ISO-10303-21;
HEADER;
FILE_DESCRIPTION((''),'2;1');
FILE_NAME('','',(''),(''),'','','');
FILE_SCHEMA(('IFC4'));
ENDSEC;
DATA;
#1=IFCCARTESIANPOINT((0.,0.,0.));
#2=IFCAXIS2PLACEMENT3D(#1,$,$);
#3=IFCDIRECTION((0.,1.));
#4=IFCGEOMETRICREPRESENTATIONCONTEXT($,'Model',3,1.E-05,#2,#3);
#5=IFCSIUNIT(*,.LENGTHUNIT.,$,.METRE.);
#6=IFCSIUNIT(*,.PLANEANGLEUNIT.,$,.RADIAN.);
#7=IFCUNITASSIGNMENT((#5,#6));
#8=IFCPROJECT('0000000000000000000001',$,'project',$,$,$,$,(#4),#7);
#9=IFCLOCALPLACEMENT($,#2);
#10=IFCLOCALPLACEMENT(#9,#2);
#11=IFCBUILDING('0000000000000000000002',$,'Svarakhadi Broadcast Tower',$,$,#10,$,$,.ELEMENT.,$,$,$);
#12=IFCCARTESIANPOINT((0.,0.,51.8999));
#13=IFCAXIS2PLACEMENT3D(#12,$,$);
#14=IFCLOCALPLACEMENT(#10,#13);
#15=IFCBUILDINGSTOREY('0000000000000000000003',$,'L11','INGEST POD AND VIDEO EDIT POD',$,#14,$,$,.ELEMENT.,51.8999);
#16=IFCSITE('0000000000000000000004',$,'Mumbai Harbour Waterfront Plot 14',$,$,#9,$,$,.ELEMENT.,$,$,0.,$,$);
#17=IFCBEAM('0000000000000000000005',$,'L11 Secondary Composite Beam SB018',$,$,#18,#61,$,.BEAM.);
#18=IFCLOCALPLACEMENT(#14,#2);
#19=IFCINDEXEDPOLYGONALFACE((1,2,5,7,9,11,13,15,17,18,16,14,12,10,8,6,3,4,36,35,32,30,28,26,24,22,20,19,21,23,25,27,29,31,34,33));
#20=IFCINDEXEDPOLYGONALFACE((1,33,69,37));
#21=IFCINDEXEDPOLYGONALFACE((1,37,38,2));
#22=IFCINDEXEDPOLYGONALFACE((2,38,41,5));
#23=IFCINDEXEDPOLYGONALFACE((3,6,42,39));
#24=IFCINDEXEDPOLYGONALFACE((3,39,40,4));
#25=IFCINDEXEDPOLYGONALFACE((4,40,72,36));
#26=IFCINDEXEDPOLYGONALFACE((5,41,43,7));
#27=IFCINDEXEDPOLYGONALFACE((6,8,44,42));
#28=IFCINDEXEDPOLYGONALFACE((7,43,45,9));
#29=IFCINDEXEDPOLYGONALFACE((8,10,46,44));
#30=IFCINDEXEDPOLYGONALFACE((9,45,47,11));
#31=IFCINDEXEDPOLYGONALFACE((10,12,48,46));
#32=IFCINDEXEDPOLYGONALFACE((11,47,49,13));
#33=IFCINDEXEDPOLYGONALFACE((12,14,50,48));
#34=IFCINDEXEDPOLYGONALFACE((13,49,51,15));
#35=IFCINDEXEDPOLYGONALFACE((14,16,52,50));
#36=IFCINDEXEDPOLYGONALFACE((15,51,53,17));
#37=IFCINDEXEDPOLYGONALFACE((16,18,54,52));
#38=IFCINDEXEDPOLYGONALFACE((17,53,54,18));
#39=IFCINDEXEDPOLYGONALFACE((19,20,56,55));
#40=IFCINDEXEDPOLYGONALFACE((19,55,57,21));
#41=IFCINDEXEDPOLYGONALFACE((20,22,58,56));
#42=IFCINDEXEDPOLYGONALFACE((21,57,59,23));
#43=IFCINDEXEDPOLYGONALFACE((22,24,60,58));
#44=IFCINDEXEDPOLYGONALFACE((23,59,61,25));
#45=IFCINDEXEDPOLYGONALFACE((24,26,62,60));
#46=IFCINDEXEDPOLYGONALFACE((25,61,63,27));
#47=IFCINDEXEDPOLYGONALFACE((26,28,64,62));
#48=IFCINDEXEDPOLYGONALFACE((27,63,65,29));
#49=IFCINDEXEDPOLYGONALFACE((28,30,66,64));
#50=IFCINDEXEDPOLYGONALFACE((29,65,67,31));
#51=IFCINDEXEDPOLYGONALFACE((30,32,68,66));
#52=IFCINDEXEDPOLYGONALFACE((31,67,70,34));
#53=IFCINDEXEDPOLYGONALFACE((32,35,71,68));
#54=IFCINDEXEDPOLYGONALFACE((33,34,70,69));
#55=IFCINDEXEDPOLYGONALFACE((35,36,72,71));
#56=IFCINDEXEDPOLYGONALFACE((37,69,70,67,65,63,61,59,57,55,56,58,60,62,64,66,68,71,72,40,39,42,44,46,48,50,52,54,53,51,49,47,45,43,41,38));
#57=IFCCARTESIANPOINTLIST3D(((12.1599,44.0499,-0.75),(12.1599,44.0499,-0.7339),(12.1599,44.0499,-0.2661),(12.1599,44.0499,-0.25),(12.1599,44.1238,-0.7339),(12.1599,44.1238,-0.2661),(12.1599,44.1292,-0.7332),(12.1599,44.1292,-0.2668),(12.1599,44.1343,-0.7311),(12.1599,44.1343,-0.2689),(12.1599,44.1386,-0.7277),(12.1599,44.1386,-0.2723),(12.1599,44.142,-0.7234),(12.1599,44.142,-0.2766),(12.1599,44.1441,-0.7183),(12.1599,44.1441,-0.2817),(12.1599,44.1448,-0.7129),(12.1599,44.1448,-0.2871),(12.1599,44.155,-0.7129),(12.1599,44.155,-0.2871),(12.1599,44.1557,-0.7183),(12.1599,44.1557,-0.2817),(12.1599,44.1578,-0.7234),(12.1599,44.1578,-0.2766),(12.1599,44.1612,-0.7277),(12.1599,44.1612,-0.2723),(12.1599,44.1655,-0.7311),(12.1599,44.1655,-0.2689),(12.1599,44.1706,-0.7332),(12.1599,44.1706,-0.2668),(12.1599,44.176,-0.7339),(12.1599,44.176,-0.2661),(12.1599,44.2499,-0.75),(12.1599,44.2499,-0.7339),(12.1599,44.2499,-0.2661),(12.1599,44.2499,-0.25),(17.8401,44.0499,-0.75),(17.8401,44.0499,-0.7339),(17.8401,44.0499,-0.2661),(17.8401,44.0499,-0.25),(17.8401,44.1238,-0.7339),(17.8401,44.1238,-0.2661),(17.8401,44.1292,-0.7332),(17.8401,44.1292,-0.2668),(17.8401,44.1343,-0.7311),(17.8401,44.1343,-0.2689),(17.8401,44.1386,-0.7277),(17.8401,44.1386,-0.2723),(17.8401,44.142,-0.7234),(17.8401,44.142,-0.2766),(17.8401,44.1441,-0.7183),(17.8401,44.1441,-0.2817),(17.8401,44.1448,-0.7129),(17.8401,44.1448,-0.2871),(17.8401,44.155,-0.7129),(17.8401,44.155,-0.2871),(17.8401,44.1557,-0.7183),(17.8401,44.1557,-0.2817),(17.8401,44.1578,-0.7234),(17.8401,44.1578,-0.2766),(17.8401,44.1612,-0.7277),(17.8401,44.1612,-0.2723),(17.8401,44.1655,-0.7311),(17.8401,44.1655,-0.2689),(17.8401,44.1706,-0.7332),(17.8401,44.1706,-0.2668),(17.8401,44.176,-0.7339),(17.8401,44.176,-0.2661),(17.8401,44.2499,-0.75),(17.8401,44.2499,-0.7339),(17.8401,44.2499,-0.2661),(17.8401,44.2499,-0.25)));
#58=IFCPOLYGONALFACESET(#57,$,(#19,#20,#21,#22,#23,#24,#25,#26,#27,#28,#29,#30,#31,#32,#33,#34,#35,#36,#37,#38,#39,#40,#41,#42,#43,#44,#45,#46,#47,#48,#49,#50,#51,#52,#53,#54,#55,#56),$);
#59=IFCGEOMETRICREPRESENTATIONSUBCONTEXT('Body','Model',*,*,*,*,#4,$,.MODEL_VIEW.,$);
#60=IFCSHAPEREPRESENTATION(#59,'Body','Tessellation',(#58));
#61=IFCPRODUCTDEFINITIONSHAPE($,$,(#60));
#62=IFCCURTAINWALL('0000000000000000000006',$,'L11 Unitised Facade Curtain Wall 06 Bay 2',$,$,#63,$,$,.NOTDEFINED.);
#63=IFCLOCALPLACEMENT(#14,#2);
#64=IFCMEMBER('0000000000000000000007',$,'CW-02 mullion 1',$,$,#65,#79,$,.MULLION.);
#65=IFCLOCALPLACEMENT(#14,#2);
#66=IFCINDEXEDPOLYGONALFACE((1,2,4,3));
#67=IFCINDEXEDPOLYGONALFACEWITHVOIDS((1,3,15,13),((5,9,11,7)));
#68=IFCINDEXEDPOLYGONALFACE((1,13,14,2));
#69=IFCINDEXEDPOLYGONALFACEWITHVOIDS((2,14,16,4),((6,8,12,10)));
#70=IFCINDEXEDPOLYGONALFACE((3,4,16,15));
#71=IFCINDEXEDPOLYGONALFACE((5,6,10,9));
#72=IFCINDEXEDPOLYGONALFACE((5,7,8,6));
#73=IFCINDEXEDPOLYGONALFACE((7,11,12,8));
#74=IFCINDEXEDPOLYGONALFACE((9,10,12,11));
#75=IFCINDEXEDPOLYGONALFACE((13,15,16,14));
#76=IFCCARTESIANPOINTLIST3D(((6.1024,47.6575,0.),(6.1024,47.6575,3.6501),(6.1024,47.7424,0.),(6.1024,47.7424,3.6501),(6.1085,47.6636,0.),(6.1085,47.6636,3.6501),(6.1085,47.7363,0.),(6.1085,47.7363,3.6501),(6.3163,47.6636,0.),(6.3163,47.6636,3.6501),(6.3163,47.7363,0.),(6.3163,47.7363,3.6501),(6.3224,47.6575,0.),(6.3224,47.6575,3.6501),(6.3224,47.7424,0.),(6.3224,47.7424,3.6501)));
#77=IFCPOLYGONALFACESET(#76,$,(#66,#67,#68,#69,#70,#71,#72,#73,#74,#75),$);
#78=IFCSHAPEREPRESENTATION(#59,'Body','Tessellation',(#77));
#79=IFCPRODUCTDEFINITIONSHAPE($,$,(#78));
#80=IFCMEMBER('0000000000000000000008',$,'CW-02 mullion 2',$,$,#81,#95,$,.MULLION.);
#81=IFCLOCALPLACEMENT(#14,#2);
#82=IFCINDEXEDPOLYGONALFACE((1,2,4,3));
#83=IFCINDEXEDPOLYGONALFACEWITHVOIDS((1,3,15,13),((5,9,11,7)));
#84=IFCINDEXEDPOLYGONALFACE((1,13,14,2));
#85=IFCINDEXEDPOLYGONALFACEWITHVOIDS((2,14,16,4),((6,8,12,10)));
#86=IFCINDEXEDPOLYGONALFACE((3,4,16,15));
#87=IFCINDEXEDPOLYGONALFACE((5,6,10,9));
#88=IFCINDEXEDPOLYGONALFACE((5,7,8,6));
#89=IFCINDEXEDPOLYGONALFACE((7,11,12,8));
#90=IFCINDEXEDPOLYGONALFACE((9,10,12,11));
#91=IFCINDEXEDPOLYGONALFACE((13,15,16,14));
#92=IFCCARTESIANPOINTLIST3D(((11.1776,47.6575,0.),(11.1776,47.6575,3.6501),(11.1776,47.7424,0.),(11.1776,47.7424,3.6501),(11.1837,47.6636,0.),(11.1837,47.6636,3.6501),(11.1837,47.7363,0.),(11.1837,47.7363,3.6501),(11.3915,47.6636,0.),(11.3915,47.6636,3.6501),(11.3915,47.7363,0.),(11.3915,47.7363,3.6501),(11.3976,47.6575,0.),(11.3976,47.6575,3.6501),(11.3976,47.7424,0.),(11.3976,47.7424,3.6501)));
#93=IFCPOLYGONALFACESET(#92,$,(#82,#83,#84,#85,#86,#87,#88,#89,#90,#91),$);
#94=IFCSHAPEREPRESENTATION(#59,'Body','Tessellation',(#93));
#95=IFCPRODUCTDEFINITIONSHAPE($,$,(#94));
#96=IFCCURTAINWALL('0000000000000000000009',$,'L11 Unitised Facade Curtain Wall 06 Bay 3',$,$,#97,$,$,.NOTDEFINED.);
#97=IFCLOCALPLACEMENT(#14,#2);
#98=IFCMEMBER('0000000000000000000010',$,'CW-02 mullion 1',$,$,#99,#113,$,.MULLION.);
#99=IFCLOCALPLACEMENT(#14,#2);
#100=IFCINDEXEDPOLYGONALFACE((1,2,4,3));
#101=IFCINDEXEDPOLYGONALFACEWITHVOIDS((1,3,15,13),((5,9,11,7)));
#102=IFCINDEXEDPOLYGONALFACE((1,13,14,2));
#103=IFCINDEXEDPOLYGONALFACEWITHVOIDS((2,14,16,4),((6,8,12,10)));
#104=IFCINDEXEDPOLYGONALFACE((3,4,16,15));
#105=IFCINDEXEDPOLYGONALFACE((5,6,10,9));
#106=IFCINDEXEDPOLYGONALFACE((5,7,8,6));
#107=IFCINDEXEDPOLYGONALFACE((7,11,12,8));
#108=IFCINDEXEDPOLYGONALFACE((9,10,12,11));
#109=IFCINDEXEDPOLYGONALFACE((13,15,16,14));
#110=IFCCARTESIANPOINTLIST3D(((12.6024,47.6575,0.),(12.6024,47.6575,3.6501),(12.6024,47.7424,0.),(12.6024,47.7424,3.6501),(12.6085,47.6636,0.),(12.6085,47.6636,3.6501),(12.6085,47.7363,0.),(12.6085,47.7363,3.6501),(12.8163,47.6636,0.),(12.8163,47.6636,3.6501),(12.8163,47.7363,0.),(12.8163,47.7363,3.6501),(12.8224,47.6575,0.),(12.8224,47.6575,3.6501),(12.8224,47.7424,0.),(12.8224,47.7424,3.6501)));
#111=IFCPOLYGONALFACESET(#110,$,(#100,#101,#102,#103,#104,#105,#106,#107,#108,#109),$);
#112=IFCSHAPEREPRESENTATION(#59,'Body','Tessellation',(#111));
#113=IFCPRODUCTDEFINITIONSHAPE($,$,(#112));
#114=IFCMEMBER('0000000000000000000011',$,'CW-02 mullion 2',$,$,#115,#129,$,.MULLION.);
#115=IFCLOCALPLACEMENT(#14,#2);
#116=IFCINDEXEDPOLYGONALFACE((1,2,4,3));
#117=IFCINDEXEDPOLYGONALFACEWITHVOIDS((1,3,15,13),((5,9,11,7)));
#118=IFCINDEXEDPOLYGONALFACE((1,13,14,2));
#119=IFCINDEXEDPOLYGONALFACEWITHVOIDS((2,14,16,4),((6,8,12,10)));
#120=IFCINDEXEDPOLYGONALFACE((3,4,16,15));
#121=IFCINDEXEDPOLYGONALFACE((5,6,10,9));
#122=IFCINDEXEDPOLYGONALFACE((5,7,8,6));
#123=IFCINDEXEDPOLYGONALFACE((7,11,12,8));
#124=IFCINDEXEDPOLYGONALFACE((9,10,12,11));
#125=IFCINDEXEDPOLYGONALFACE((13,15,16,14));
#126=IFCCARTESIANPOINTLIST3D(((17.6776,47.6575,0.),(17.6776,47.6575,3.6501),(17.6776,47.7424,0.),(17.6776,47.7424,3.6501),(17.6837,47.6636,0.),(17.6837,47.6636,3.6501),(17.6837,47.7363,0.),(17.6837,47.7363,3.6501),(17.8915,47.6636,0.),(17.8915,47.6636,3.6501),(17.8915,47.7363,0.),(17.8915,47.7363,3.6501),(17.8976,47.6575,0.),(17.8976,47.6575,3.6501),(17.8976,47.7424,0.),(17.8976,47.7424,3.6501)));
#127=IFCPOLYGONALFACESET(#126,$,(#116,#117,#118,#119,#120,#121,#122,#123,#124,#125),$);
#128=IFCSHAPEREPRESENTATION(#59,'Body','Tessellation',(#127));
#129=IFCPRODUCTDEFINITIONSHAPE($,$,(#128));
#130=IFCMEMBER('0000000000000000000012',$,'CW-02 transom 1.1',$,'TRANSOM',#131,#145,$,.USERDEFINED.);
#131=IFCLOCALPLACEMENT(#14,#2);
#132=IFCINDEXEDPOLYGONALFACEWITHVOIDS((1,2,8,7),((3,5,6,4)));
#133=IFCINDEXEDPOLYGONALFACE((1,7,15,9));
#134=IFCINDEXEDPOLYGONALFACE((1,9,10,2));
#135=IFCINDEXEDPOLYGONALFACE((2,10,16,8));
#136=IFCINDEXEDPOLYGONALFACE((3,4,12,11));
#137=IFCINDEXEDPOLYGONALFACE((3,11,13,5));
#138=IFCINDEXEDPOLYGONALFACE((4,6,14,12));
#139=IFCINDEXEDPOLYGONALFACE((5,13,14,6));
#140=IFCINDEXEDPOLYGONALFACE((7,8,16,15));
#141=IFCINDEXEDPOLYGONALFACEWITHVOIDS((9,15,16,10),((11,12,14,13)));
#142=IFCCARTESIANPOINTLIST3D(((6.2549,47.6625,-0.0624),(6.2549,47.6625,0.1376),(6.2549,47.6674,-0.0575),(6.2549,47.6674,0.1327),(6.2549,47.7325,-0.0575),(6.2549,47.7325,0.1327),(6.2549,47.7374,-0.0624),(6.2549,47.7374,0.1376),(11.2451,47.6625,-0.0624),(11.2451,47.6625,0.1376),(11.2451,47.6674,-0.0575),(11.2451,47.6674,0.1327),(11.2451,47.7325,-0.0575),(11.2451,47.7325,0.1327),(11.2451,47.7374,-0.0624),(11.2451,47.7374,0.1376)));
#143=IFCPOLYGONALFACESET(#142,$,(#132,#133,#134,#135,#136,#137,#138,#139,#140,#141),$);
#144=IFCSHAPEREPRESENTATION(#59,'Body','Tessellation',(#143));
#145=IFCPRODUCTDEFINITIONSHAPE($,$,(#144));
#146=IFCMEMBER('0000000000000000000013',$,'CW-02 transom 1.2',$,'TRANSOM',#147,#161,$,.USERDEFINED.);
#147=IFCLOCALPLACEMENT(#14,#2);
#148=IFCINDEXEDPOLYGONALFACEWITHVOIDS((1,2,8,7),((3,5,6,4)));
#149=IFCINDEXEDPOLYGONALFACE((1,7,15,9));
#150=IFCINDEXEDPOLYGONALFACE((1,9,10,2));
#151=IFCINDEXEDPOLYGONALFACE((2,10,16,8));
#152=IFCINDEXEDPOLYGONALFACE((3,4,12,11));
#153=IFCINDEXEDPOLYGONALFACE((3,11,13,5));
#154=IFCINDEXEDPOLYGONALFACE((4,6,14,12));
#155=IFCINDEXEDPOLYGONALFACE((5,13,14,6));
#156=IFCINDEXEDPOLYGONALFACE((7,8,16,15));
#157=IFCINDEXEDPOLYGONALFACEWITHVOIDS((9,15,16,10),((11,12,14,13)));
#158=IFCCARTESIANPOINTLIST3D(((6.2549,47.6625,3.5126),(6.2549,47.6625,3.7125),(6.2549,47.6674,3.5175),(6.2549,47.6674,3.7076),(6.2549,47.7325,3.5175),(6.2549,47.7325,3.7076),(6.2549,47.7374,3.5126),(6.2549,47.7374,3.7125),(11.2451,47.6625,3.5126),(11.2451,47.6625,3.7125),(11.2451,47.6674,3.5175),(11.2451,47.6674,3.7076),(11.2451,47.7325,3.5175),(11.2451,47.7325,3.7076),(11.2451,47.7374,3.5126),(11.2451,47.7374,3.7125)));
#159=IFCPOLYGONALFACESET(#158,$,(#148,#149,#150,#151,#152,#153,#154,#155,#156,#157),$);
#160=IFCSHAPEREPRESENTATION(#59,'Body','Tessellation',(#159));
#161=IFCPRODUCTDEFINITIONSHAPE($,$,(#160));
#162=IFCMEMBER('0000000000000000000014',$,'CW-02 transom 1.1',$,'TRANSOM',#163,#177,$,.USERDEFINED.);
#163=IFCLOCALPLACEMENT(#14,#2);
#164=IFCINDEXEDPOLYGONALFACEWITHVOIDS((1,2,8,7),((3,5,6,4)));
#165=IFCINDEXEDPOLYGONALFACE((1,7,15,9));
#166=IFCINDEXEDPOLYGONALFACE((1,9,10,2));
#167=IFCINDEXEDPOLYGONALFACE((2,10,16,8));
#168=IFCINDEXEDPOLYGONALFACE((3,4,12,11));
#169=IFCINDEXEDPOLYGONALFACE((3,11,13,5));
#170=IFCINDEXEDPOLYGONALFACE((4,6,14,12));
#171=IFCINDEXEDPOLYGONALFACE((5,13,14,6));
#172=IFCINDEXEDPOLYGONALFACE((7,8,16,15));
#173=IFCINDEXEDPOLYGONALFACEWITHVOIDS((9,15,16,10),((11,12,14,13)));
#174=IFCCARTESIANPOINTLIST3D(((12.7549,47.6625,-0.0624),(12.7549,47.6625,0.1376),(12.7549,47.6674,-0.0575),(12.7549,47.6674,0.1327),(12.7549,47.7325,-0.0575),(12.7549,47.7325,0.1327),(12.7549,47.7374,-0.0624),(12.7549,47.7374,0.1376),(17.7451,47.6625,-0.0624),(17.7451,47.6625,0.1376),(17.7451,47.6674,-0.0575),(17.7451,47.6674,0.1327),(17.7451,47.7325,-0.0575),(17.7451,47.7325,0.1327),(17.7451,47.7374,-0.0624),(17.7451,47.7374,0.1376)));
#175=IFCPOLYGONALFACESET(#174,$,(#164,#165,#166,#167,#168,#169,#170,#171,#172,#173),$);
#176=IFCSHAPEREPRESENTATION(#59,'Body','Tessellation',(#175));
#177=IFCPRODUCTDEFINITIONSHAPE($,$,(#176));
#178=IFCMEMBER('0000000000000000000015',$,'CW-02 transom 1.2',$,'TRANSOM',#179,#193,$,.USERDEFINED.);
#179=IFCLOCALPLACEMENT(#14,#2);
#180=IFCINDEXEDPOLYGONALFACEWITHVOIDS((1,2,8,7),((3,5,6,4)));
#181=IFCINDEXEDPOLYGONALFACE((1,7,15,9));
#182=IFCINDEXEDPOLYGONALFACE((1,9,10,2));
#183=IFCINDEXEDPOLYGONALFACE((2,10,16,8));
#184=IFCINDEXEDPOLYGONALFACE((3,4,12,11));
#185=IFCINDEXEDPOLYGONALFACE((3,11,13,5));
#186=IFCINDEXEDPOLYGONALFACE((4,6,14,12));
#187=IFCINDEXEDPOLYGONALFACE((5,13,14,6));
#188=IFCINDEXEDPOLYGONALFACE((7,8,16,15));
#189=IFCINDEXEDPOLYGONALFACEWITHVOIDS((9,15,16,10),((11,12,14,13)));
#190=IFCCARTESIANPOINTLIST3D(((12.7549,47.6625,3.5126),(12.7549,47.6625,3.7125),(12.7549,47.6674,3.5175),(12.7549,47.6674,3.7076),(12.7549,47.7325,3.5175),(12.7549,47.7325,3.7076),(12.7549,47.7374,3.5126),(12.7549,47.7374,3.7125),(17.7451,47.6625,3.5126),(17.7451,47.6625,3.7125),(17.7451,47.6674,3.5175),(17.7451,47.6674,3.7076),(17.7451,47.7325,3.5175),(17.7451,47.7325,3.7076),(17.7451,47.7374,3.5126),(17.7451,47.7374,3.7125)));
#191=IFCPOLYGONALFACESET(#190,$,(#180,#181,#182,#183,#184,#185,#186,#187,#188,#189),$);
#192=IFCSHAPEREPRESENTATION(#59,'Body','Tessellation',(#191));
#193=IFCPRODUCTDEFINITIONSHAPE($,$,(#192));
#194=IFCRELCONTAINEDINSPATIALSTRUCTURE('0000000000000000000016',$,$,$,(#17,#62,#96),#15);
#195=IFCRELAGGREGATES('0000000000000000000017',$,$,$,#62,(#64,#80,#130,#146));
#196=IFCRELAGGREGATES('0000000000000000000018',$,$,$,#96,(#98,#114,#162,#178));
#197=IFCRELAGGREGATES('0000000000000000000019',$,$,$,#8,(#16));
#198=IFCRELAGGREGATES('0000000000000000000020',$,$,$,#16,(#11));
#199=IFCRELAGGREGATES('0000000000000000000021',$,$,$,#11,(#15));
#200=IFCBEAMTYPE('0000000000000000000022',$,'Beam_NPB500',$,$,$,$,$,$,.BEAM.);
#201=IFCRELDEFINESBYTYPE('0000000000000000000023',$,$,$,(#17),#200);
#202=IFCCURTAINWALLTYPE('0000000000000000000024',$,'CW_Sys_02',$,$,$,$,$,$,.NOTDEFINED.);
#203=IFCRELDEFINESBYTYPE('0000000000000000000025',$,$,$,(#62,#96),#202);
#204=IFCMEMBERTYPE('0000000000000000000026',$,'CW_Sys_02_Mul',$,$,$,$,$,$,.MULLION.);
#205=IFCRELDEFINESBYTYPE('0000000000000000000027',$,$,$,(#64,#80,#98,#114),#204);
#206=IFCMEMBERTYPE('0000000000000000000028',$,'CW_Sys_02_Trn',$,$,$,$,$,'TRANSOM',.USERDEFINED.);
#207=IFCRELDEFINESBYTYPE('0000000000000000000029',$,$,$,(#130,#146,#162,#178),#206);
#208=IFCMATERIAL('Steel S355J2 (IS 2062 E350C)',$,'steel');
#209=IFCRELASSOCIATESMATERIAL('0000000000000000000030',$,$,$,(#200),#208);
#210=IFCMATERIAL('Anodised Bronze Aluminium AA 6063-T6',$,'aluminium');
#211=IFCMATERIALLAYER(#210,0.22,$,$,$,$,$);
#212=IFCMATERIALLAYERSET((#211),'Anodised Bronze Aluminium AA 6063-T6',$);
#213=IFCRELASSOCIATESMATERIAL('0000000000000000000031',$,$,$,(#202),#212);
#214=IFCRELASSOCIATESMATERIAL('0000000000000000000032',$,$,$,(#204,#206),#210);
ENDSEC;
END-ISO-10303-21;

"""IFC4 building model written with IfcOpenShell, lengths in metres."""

from ifc_helpers import new_model, si_unit, direction, frame, origin, origin_2d, place, context, subcontext, project, spatial, hollow_rectangle, i_section, extrude, material, layer, layer_set, material_profile, profile_set, type_object, element, aggregate, save


model = new_model("IFC4")

# Units and contexts
model_context = context("Model", 3, precision=1e-05, world=origin(), true_north=direction((0.0, 1.0)))
body_context = subcontext(model_context, "Body", "Model", "MODEL_VIEW")
ifc_project = project(units=[si_unit("LENGTHUNIT", "METRE"), si_unit("PLANEANGLEUNIT", "RADIAN")], contexts=[model_context])

# Site, building, storey
site_placement = place(None, origin())
site = spatial("IfcSite", under=ifc_project, at=site_placement, Name="Mumbai Harbour Waterfront Plot 14", CompositionType="ELEMENT", RefElevation=0.0)
building_placement = place(site_placement, origin())
building = spatial("IfcBuilding", under=site, at=building_placement, Name="Svarakhadi Broadcast Tower", CompositionType="ELEMENT")
storey_placement = place(building_placement, frame((0.0, 0.0, 51.8999)))
storey = spatial("IfcBuildingStorey", under=building, at=storey_placement, Name="L11", Description="INGEST POD AND VIDEO EDIT POD", CompositionType="ELEMENT", Elevation=51.8999)

# Beam
ifc_material_1 = material(Name="Steel S355J2 (IS 2062 E350C)", Category="steel")
ifc_material_profile_1 = material_profile(ifc_material_1, i_section(OverallWidth=0.2, OverallDepth=0.5, WebThickness=0.0103, FlangeThickness=0.0161, FilletRadius=0.021, at=origin_2d()), Name="NPB 500x200x91")
ifc_profile_set_1 = profile_set([ifc_material_profile_1], Name="Steel S355J2 (IS 2062 E350C)")
beam_type_1 = type_object("IfcBeamType", Name="Beam_NPB500", PredefinedType="BEAM", material=ifc_profile_set_1)
for number, where, z_axis, x_axis, name in (
    (1, (12.1599, 44.1499, -0.5), (1.0, 0.0, 0.0), (0.0, 1.0, 0.0), "L11 Secondary Composite Beam SB018"),
):
    element("IfcBeam", number, at=place(storey_placement, frame(where, z_axis=z_axis, x_axis=x_axis)), inside=storey, type_object=beam_type_1, Name=name, PredefinedType="BEAM", context=body_context, shape_type="SweptSolid", body=[
        extrude(i_section(OverallWidth=0.2, OverallDepth=0.5, WebThickness=0.0103, FlangeThickness=0.0161, FilletRadius=0.021, at=origin_2d()), origin(), (0.0, 0.0, 1.0), 5.6802),
    ])

# Curtain walls, members
ifc_material_2 = material(Name="Anodised Bronze Aluminium AA 6063-T6", Category="aluminium")
ifc_layer_1 = layer(ifc_material_2, 0.22)
ifc_layer_set_1 = layer_set([ifc_layer_1], Name="Anodised Bronze Aluminium AA 6063-T6")
curtain_wall_type = type_object("IfcCurtainWallType", Name="CW_Sys_02", PredefinedType="NOTDEFINED", material=ifc_layer_set_1)
curtain_wall_1_placement = place(storey_placement, origin())
curtain_wall_1 = element("IfcCurtainWall", 2, at=curtain_wall_1_placement, inside=storey, type_object=curtain_wall_type, Name="L11 Unitised Facade Curtain Wall 06 Bay 2", PredefinedType="NOTDEFINED")
ifc_material_profile_2 = material_profile(ifc_material_2, hollow_rectangle(XDim=0.085, YDim=0.22, WallThickness=0.0061, at=origin_2d()), Name="ALU MULLION 220x85x6")
ifc_profile_set_2 = profile_set([ifc_material_profile_2], Name="Anodised Bronze Aluminium AA 6063-T6")
member_type_1 = type_object("IfcMemberType", Name="CW_Sys_02_Mul", PredefinedType="MULLION", material=ifc_profile_set_2)
member_1_placement = place(storey_placement, frame((6.2124, 47.7, 0.0), z_axis=(0.0, 0.0, 1.0), x_axis=(0.0, 1.0, 0.0)))
member_1 = element("IfcMember", 3, at=member_1_placement, type_object=member_type_1, Name="CW-02 mullion 1", PredefinedType="MULLION", context=body_context, shape_type="SweptSolid", body=[
    extrude(hollow_rectangle(XDim=0.085, YDim=0.22, WallThickness=0.0061, at=origin_2d()), origin(), (0.0, 0.0, 1.0), 3.6501),
])
member_2_placement = place(storey_placement, frame((11.2876, 47.7, 0.0), z_axis=(0.0, 0.0, 1.0), x_axis=(0.0, 1.0, 0.0)))
member_2 = element("IfcMember", 4, at=member_2_placement, type_object=member_type_1, Name="CW-02 mullion 2", PredefinedType="MULLION", context=body_context, shape_type="SweptSolid", body=[
    extrude(hollow_rectangle(XDim=0.085, YDim=0.22, WallThickness=0.0061, at=origin_2d()), origin(), (0.0, 0.0, 1.0), 3.6501),
])
curtain_wall_2_placement = place(storey_placement, origin())
curtain_wall_2 = element("IfcCurtainWall", 5, at=curtain_wall_2_placement, inside=storey, type_object=curtain_wall_type, Name="L11 Unitised Facade Curtain Wall 06 Bay 3", PredefinedType="NOTDEFINED")
member_3_placement = place(storey_placement, frame((12.7124, 47.7, 0.0), z_axis=(0.0, 0.0, 1.0), x_axis=(0.0, 1.0, 0.0)))
member_3 = element("IfcMember", 6, at=member_3_placement, type_object=member_type_1, Name="CW-02 mullion 1", PredefinedType="MULLION", context=body_context, shape_type="SweptSolid", body=[
    extrude(hollow_rectangle(XDim=0.085, YDim=0.22, WallThickness=0.0061, at=origin_2d()), origin(), (0.0, 0.0, 1.0), 3.6501),
])
member_4_placement = place(storey_placement, frame((17.7876, 47.7, 0.0), z_axis=(0.0, 0.0, 1.0), x_axis=(0.0, 1.0, 0.0)))
member_4 = element("IfcMember", 7, at=member_4_placement, type_object=member_type_1, Name="CW-02 mullion 2", PredefinedType="MULLION", context=body_context, shape_type="SweptSolid", body=[
    extrude(hollow_rectangle(XDim=0.085, YDim=0.22, WallThickness=0.0061, at=origin_2d()), origin(), (0.0, 0.0, 1.0), 3.6501),
])

# Members
ifc_material_profile_3 = material_profile(ifc_material_2, hollow_rectangle(XDim=0.075, YDim=0.2, WallThickness=0.0049, at=origin_2d()), Name="ALU TRANSOM 200x75x5")
ifc_profile_set_3 = profile_set([ifc_material_profile_3], Name="Anodised Bronze Aluminium AA 6063-T6")
member_type_2 = type_object("IfcMemberType", Name="CW_Sys_02_Trn", ElementType="TRANSOM", PredefinedType="USERDEFINED", material=ifc_profile_set_3)
member_5_placement = place(storey_placement, frame((6.2549, 47.7, 0.0376), z_axis=(1.0, 0.0, 0.0), x_axis=(0.0, 1.0, 0.0)))
member_5 = element("IfcMember", 8, at=member_5_placement, type_object=member_type_2, Name="CW-02 transom 1.1", ObjectType="TRANSOM", PredefinedType="USERDEFINED", context=body_context, shape_type="SweptSolid", body=[
    extrude(hollow_rectangle(XDim=0.075, YDim=0.2, WallThickness=0.0049, at=origin_2d()), origin(), (0.0, 0.0, 1.0), 4.9902),
])
member_6_placement = place(storey_placement, frame((6.2549, 47.7, 3.6125), z_axis=(1.0, 0.0, 0.0), x_axis=(0.0, 1.0, 0.0)))
member_6 = element("IfcMember", 9, at=member_6_placement, type_object=member_type_2, Name="CW-02 transom 1.2", ObjectType="TRANSOM", PredefinedType="USERDEFINED", context=body_context, shape_type="SweptSolid", body=[
    extrude(hollow_rectangle(XDim=0.075, YDim=0.2, WallThickness=0.0049, at=origin_2d()), origin(), (0.0, 0.0, 1.0), 4.9902),
])
member_7_placement = place(storey_placement, frame((12.7549, 47.7, 0.0376), z_axis=(1.0, 0.0, 0.0), x_axis=(0.0, 1.0, 0.0)))
member_7 = element("IfcMember", 10, at=member_7_placement, type_object=member_type_2, Name="CW-02 transom 1.1", ObjectType="TRANSOM", PredefinedType="USERDEFINED", context=body_context, shape_type="SweptSolid", body=[
    extrude(hollow_rectangle(XDim=0.075, YDim=0.2, WallThickness=0.0049, at=origin_2d()), origin(), (0.0, 0.0, 1.0), 4.9902),
])
member_8_placement = place(storey_placement, frame((12.7549, 47.7, 3.6125), z_axis=(1.0, 0.0, 0.0), x_axis=(0.0, 1.0, 0.0)))
member_8 = element("IfcMember", 11, at=member_8_placement, type_object=member_type_2, Name="CW-02 transom 1.2", ObjectType="TRANSOM", PredefinedType="USERDEFINED", context=body_context, shape_type="SweptSolid", body=[
    extrude(hollow_rectangle(XDim=0.075, YDim=0.2, WallThickness=0.0049, at=origin_2d()), origin(), (0.0, 0.0, 1.0), 4.9902),
])

aggregate(curtain_wall_1, [member_1, member_2, member_5, member_6])
aggregate(curtain_wall_2, [member_3, member_4, member_7, member_8])

save(model, "model.ifc")
